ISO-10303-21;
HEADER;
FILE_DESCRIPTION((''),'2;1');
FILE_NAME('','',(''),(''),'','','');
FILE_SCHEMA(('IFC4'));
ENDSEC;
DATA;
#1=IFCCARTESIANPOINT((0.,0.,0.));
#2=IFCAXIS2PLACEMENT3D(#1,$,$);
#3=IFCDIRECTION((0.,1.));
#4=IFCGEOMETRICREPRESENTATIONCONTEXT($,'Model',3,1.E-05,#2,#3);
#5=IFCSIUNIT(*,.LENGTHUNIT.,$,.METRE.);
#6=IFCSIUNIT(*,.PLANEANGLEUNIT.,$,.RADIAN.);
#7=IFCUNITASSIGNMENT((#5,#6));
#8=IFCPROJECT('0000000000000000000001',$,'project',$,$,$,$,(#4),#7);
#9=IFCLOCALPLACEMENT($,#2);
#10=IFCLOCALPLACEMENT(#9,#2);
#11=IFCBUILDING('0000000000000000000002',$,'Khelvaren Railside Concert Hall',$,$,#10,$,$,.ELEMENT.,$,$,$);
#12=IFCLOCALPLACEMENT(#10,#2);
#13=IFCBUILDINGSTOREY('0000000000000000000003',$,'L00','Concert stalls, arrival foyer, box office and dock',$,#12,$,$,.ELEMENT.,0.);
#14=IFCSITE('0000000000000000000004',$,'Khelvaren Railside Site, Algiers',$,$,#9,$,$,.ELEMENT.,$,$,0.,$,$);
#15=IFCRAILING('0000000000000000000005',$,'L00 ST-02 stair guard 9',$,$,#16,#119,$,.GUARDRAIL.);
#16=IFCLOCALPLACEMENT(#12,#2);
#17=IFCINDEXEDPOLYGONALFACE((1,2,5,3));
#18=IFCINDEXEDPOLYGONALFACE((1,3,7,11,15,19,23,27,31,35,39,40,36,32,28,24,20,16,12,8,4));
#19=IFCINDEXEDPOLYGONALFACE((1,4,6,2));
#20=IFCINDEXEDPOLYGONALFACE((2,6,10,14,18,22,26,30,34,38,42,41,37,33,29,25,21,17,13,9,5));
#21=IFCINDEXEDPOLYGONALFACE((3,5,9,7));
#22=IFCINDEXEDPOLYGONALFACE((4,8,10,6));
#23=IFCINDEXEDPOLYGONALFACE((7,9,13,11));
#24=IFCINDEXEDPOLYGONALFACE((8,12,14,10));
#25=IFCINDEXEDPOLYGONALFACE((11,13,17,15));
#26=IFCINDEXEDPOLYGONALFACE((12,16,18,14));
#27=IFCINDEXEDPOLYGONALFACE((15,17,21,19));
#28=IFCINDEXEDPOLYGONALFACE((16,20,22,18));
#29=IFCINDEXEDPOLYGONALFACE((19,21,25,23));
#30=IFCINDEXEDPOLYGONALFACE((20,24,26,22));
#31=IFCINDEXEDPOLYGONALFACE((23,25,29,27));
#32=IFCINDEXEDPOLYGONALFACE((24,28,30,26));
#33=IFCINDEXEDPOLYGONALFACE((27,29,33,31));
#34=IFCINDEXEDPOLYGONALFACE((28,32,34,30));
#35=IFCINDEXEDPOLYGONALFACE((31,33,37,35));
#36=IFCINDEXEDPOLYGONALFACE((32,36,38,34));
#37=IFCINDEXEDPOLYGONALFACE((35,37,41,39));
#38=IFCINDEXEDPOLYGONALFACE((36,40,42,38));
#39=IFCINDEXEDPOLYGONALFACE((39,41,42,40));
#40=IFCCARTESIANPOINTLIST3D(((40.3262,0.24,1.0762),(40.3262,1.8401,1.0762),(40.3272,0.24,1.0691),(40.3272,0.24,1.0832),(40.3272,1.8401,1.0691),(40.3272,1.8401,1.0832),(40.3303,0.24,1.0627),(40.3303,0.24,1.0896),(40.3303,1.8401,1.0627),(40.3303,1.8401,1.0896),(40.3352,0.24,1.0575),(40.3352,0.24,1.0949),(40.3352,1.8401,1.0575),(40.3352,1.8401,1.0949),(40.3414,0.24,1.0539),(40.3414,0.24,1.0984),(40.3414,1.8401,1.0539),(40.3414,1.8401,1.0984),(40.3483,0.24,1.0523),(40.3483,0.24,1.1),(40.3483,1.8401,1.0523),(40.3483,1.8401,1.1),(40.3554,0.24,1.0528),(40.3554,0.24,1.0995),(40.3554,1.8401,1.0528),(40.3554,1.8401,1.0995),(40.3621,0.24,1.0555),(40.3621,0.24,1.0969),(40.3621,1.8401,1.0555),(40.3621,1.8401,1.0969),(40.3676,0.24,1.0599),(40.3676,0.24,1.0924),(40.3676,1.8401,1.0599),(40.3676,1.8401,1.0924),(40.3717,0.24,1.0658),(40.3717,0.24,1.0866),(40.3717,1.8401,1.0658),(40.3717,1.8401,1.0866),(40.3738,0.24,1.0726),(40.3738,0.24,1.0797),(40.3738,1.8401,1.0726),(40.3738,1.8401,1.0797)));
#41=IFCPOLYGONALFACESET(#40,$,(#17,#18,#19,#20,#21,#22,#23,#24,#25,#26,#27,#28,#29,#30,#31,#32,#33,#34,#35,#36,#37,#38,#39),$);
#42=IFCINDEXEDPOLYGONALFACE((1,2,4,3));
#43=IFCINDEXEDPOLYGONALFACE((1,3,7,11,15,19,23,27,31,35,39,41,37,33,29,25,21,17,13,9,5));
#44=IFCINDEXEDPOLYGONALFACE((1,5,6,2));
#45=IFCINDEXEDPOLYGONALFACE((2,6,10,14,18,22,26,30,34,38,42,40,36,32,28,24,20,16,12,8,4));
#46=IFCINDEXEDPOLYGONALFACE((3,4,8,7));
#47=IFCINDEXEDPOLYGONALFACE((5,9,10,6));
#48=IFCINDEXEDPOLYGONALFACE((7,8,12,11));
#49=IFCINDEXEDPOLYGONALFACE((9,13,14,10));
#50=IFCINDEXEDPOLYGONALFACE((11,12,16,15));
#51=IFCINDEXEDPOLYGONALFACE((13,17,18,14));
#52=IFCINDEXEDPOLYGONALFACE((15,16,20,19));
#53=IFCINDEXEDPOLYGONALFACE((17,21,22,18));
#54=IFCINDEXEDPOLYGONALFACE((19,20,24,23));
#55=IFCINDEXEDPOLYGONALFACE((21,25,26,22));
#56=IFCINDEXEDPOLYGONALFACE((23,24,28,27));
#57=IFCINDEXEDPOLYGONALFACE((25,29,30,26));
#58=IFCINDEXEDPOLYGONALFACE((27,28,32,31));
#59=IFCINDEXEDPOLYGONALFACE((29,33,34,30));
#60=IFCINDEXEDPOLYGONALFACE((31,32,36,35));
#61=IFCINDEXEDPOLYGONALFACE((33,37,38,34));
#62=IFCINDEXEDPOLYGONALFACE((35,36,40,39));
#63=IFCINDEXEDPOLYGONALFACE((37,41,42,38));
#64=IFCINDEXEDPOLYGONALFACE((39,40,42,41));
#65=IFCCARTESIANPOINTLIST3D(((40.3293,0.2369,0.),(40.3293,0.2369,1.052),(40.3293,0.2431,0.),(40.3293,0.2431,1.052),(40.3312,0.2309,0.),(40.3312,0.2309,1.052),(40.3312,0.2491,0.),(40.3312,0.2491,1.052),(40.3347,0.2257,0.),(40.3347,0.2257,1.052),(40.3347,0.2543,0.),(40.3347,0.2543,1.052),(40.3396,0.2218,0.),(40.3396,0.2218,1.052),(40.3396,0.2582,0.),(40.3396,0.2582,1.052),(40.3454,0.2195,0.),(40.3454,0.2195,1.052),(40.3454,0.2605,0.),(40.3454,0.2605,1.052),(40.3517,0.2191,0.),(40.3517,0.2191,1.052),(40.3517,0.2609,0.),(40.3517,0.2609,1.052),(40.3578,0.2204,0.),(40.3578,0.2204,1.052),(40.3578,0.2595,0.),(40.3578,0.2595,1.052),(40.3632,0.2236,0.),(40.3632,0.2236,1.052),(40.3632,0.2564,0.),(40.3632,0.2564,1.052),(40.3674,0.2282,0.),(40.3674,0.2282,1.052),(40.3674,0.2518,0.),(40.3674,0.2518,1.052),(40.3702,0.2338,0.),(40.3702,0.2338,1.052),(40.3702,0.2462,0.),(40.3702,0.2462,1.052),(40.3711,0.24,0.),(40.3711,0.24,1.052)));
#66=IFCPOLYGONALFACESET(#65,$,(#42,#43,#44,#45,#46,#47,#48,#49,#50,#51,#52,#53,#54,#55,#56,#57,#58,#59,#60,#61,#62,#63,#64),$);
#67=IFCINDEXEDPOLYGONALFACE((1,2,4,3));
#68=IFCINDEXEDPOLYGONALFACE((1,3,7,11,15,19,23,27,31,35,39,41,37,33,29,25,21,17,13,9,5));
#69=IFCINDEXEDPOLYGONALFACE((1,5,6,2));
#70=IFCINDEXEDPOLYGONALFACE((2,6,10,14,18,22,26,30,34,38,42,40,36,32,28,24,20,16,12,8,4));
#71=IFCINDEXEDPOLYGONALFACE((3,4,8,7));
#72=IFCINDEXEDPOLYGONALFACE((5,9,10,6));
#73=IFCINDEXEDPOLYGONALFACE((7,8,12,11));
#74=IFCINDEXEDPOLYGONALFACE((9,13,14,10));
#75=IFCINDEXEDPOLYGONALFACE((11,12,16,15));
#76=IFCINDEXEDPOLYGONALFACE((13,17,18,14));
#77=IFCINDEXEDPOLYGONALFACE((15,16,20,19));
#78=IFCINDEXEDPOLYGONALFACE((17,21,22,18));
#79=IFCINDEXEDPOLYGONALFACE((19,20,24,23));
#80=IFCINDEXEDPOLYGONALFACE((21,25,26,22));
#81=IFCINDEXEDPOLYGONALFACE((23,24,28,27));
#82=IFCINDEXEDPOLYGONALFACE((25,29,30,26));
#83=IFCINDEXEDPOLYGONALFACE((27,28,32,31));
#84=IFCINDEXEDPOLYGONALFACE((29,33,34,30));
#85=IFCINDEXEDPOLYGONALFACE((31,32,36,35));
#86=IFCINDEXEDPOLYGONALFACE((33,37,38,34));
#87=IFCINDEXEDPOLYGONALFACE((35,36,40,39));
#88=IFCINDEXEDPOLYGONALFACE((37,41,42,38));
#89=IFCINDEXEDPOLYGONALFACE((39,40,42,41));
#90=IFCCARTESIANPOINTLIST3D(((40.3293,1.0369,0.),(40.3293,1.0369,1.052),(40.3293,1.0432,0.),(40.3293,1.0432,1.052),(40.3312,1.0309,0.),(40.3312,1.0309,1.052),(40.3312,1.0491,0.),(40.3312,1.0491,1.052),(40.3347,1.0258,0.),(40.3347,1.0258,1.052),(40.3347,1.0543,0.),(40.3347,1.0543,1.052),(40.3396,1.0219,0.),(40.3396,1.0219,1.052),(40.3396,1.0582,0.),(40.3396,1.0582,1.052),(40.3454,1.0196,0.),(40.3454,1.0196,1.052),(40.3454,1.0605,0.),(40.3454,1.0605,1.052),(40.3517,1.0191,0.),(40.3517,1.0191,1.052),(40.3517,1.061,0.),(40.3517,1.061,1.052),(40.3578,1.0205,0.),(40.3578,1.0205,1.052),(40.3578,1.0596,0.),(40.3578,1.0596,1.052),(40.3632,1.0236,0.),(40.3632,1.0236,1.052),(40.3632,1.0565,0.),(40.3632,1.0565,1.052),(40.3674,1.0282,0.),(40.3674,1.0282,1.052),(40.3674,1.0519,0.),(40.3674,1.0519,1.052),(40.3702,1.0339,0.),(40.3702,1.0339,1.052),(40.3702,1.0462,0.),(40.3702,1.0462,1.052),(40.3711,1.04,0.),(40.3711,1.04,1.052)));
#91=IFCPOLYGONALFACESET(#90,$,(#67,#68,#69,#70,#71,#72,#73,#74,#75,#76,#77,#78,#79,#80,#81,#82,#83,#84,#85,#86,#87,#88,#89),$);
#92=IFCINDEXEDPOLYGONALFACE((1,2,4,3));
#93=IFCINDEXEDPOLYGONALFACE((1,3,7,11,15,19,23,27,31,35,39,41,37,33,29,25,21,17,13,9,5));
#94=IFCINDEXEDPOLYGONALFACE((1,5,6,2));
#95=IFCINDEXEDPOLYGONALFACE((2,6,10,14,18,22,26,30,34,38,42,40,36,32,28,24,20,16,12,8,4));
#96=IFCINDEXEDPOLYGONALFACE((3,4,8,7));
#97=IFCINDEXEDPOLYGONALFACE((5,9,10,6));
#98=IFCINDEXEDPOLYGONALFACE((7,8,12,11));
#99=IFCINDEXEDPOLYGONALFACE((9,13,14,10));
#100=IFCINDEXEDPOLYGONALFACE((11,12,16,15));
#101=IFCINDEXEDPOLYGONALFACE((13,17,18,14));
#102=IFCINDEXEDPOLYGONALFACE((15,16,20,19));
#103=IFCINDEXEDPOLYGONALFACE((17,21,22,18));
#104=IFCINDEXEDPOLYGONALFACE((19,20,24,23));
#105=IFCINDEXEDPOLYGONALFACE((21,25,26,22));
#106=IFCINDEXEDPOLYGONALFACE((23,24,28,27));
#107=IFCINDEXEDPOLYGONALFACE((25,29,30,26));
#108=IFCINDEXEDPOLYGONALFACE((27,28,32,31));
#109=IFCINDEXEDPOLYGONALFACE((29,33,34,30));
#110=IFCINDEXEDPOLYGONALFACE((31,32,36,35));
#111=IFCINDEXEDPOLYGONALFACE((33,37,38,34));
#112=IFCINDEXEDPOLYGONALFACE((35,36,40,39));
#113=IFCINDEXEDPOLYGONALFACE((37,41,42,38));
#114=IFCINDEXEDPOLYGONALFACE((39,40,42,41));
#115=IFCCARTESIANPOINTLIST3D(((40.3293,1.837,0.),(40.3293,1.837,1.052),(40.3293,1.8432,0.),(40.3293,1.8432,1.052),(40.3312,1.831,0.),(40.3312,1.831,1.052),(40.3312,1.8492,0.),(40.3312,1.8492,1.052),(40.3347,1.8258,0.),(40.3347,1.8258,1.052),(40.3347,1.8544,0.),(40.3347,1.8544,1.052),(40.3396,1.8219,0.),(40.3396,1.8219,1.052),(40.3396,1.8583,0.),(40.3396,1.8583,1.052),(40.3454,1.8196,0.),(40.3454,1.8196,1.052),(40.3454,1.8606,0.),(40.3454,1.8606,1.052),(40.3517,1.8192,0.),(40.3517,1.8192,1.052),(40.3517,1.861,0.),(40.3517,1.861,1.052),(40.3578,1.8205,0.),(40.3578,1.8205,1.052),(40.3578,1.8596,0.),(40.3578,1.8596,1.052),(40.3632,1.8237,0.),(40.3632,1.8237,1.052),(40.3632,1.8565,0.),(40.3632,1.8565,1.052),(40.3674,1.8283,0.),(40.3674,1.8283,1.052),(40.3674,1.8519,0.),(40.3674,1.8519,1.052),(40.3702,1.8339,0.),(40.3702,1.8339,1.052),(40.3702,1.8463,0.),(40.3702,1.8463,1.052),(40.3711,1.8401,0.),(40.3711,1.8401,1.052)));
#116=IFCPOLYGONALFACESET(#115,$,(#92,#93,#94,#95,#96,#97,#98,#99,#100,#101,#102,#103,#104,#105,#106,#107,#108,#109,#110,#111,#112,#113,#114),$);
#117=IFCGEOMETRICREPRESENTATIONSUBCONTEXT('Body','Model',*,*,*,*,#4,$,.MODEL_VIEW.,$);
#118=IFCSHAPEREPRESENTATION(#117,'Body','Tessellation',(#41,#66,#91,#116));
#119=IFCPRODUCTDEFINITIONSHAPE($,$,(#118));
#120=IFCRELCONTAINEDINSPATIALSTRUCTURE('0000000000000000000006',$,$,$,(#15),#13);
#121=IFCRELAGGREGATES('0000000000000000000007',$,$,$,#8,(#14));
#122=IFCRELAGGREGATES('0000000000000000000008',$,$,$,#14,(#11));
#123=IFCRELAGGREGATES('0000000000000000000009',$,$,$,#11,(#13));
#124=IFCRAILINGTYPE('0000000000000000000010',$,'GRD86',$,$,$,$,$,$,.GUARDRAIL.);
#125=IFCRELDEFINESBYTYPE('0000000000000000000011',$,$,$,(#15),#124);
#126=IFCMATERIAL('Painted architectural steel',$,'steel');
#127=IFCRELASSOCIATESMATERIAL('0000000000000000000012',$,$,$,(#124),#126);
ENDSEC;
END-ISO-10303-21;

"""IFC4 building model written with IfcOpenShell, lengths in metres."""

from ifc_helpers import new_model, si_unit, direction, frame, origin, origin_2d, place, context, subcontext, project, spatial, circle, extrude, material, type_object, element, save


model = new_model("IFC4")

# Units and contexts
model_context = context("Model", 3, precision=1e-05, world=origin(), true_north=direction((0.0, 1.0)))
body_context = subcontext(model_context, "Body", "Model", "MODEL_VIEW")
ifc_project = project(units=[si_unit("LENGTHUNIT", "METRE"), si_unit("PLANEANGLEUNIT", "RADIAN")], contexts=[model_context])

# Site, building, storey
site_placement = place(None, origin())
site = spatial("IfcSite", under=ifc_project, at=site_placement, Name="Khelvaren Railside Site, Algiers", CompositionType="ELEMENT", RefElevation=0.0)
building_placement = place(site_placement, origin())
building = spatial("IfcBuilding", under=site, at=building_placement, Name="Khelvaren Railside Concert Hall", CompositionType="ELEMENT")
storey_placement = place(building_placement, origin())
storey = spatial("IfcBuildingStorey", under=building, at=storey_placement, Name="L00", Description="Concert stalls, arrival foyer, box office and dock", CompositionType="ELEMENT", Elevation=0.0)

# Railing
ifc_material_1 = material(Name="Painted architectural steel", Category="steel")
railing_type_1 = type_object("IfcRailingType", Name="GRD86", PredefinedType="GUARDRAIL", material=ifc_material_1)
for number, where, name in (
    (1, (40.3501, 0.24, 0.0), "L00 ST-02 stair guard 9"),
):
    element("IfcRailing", number, at=place(storey_placement, frame(where)), inside=storey, type_object=railing_type_1, Name=name, PredefinedType="GUARDRAIL", context=body_context, shape_type="SweptSolid", body=[
        extrude(circle(Radius=0.0239, at=origin_2d()), frame((0.0, 0.0, 1.0762), z_axis=(0.0, 1.0, 0.0), x_axis=(-1.0, 0.0, 0.0)), (0.0, 0.0, 1.0), 1.6001),
        extrude(circle(Radius=0.021, at=origin_2d()), origin(), (0.0, 0.0, 1.0), 1.052),
        extrude(circle(Radius=0.021, at=origin_2d()), frame((0.0, 0.8, 0.0)), (0.0, 0.0, 1.0), 1.052),
        extrude(circle(Radius=0.021, at=origin_2d()), frame((0.0, 1.6001, 0.0)), (0.0, 0.0, 1.0), 1.052),
    ])

save(model, "model.ifc")
